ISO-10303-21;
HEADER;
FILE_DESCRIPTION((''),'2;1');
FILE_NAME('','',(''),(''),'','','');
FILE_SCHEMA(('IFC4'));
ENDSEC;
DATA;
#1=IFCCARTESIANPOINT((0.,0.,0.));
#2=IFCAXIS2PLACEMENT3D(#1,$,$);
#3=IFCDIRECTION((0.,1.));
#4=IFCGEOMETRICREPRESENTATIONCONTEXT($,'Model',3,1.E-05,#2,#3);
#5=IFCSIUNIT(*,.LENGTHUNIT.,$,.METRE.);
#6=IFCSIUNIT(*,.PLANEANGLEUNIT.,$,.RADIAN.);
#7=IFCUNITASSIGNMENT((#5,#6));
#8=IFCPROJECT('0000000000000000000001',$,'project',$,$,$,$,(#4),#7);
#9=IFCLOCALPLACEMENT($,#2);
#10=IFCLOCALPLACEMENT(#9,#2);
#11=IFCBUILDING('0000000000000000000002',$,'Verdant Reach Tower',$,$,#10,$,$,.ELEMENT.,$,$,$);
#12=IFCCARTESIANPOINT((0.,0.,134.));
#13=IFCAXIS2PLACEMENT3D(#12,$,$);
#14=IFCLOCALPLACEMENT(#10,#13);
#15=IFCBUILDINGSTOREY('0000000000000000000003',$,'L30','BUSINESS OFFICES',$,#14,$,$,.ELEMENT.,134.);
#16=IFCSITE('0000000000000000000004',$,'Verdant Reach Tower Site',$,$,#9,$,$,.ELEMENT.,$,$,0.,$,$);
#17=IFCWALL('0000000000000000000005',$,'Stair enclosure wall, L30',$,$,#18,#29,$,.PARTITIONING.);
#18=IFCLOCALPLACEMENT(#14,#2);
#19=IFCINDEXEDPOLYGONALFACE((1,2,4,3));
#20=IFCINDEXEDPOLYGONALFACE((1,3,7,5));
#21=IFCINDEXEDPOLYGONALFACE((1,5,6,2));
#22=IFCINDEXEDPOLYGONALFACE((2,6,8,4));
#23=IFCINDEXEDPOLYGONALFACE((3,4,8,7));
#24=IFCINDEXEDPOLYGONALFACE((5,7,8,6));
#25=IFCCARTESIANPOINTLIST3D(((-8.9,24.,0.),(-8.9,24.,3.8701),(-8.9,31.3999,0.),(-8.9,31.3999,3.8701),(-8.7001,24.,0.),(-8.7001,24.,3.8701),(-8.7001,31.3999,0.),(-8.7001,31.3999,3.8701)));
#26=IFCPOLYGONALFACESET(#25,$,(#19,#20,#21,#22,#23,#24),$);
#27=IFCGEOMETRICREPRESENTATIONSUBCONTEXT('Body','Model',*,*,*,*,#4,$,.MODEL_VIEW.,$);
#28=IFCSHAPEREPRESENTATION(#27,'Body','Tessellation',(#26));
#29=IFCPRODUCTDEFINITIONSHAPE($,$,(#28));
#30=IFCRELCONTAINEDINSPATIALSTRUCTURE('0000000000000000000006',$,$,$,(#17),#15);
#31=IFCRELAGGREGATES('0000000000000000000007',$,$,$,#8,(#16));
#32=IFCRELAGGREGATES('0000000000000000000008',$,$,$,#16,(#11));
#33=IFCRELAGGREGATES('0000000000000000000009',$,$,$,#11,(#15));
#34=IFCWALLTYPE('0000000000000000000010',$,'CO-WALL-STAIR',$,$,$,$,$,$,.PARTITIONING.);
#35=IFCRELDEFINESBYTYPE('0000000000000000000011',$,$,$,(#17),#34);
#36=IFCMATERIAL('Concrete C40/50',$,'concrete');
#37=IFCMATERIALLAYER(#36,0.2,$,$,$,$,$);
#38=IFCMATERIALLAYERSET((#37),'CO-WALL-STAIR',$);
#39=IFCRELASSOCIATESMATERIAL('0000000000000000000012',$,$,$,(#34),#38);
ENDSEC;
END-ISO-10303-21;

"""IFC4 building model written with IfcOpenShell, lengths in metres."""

from ifc_helpers import new_model, si_unit, direction, frame, frame_2d, origin, place, context, subcontext, project, spatial, rectangle, extrude, material, layer, layer_set, type_object, element, save


model = new_model("IFC4")

# Units and contexts
model_context = context("Model", 3, precision=1e-05, world=origin(), true_north=direction((0.0, 1.0)))
body_context = subcontext(model_context, "Body", "Model", "MODEL_VIEW")
ifc_project = project(units=[si_unit("LENGTHUNIT", "METRE"), si_unit("PLANEANGLEUNIT", "RADIAN")], contexts=[model_context])

# Site, building, storey
site_placement = place(None, origin())
site = spatial("IfcSite", under=ifc_project, at=site_placement, Name="Verdant Reach Tower Site", CompositionType="ELEMENT", RefElevation=0.0)
building_placement = place(site_placement, origin())
building = spatial("IfcBuilding", under=site, at=building_placement, Name="Verdant Reach Tower", CompositionType="ELEMENT")
storey_placement = place(building_placement, frame((0.0, 0.0, 134.0)))
storey = spatial("IfcBuildingStorey", under=building, at=storey_placement, Name="L30", Description="BUSINESS OFFICES", CompositionType="ELEMENT", Elevation=134.0)

# Shared definitions
ifc_material_1 = material(Name="Concrete C40/50", Category="concrete")

# Shared definitions
ifc_layer_1 = layer(ifc_material_1, 0.2)
ifc_layer_set_1 = layer_set([ifc_layer_1], Name="CO-WALL-STAIR")
wall_type_1 = type_object("IfcWallType", Name="CO-WALL-STAIR", PredefinedType="PARTITIONING", material=ifc_layer_set_1)

# Wall
wall_1_placement = place(storey_placement, frame((-8.8, 24.0, 0.0), z_axis=(0.0, 0.0, 1.0), x_axis=(0.0, 1.0, 0.0)))
element("IfcWall", 1, at=wall_1_placement, inside=storey, type_object=wall_type_1, Name="Stair enclosure wall, L30", PredefinedType="PARTITIONING", context=body_context, shape_type="SweptSolid", body=[
    extrude(rectangle(XDim=7.3999, YDim=0.2, at=frame_2d((3.7, 0.0))), origin(), (0.0, 0.0, 1.0), 3.8701),
])

save(model, "model.ifc")
